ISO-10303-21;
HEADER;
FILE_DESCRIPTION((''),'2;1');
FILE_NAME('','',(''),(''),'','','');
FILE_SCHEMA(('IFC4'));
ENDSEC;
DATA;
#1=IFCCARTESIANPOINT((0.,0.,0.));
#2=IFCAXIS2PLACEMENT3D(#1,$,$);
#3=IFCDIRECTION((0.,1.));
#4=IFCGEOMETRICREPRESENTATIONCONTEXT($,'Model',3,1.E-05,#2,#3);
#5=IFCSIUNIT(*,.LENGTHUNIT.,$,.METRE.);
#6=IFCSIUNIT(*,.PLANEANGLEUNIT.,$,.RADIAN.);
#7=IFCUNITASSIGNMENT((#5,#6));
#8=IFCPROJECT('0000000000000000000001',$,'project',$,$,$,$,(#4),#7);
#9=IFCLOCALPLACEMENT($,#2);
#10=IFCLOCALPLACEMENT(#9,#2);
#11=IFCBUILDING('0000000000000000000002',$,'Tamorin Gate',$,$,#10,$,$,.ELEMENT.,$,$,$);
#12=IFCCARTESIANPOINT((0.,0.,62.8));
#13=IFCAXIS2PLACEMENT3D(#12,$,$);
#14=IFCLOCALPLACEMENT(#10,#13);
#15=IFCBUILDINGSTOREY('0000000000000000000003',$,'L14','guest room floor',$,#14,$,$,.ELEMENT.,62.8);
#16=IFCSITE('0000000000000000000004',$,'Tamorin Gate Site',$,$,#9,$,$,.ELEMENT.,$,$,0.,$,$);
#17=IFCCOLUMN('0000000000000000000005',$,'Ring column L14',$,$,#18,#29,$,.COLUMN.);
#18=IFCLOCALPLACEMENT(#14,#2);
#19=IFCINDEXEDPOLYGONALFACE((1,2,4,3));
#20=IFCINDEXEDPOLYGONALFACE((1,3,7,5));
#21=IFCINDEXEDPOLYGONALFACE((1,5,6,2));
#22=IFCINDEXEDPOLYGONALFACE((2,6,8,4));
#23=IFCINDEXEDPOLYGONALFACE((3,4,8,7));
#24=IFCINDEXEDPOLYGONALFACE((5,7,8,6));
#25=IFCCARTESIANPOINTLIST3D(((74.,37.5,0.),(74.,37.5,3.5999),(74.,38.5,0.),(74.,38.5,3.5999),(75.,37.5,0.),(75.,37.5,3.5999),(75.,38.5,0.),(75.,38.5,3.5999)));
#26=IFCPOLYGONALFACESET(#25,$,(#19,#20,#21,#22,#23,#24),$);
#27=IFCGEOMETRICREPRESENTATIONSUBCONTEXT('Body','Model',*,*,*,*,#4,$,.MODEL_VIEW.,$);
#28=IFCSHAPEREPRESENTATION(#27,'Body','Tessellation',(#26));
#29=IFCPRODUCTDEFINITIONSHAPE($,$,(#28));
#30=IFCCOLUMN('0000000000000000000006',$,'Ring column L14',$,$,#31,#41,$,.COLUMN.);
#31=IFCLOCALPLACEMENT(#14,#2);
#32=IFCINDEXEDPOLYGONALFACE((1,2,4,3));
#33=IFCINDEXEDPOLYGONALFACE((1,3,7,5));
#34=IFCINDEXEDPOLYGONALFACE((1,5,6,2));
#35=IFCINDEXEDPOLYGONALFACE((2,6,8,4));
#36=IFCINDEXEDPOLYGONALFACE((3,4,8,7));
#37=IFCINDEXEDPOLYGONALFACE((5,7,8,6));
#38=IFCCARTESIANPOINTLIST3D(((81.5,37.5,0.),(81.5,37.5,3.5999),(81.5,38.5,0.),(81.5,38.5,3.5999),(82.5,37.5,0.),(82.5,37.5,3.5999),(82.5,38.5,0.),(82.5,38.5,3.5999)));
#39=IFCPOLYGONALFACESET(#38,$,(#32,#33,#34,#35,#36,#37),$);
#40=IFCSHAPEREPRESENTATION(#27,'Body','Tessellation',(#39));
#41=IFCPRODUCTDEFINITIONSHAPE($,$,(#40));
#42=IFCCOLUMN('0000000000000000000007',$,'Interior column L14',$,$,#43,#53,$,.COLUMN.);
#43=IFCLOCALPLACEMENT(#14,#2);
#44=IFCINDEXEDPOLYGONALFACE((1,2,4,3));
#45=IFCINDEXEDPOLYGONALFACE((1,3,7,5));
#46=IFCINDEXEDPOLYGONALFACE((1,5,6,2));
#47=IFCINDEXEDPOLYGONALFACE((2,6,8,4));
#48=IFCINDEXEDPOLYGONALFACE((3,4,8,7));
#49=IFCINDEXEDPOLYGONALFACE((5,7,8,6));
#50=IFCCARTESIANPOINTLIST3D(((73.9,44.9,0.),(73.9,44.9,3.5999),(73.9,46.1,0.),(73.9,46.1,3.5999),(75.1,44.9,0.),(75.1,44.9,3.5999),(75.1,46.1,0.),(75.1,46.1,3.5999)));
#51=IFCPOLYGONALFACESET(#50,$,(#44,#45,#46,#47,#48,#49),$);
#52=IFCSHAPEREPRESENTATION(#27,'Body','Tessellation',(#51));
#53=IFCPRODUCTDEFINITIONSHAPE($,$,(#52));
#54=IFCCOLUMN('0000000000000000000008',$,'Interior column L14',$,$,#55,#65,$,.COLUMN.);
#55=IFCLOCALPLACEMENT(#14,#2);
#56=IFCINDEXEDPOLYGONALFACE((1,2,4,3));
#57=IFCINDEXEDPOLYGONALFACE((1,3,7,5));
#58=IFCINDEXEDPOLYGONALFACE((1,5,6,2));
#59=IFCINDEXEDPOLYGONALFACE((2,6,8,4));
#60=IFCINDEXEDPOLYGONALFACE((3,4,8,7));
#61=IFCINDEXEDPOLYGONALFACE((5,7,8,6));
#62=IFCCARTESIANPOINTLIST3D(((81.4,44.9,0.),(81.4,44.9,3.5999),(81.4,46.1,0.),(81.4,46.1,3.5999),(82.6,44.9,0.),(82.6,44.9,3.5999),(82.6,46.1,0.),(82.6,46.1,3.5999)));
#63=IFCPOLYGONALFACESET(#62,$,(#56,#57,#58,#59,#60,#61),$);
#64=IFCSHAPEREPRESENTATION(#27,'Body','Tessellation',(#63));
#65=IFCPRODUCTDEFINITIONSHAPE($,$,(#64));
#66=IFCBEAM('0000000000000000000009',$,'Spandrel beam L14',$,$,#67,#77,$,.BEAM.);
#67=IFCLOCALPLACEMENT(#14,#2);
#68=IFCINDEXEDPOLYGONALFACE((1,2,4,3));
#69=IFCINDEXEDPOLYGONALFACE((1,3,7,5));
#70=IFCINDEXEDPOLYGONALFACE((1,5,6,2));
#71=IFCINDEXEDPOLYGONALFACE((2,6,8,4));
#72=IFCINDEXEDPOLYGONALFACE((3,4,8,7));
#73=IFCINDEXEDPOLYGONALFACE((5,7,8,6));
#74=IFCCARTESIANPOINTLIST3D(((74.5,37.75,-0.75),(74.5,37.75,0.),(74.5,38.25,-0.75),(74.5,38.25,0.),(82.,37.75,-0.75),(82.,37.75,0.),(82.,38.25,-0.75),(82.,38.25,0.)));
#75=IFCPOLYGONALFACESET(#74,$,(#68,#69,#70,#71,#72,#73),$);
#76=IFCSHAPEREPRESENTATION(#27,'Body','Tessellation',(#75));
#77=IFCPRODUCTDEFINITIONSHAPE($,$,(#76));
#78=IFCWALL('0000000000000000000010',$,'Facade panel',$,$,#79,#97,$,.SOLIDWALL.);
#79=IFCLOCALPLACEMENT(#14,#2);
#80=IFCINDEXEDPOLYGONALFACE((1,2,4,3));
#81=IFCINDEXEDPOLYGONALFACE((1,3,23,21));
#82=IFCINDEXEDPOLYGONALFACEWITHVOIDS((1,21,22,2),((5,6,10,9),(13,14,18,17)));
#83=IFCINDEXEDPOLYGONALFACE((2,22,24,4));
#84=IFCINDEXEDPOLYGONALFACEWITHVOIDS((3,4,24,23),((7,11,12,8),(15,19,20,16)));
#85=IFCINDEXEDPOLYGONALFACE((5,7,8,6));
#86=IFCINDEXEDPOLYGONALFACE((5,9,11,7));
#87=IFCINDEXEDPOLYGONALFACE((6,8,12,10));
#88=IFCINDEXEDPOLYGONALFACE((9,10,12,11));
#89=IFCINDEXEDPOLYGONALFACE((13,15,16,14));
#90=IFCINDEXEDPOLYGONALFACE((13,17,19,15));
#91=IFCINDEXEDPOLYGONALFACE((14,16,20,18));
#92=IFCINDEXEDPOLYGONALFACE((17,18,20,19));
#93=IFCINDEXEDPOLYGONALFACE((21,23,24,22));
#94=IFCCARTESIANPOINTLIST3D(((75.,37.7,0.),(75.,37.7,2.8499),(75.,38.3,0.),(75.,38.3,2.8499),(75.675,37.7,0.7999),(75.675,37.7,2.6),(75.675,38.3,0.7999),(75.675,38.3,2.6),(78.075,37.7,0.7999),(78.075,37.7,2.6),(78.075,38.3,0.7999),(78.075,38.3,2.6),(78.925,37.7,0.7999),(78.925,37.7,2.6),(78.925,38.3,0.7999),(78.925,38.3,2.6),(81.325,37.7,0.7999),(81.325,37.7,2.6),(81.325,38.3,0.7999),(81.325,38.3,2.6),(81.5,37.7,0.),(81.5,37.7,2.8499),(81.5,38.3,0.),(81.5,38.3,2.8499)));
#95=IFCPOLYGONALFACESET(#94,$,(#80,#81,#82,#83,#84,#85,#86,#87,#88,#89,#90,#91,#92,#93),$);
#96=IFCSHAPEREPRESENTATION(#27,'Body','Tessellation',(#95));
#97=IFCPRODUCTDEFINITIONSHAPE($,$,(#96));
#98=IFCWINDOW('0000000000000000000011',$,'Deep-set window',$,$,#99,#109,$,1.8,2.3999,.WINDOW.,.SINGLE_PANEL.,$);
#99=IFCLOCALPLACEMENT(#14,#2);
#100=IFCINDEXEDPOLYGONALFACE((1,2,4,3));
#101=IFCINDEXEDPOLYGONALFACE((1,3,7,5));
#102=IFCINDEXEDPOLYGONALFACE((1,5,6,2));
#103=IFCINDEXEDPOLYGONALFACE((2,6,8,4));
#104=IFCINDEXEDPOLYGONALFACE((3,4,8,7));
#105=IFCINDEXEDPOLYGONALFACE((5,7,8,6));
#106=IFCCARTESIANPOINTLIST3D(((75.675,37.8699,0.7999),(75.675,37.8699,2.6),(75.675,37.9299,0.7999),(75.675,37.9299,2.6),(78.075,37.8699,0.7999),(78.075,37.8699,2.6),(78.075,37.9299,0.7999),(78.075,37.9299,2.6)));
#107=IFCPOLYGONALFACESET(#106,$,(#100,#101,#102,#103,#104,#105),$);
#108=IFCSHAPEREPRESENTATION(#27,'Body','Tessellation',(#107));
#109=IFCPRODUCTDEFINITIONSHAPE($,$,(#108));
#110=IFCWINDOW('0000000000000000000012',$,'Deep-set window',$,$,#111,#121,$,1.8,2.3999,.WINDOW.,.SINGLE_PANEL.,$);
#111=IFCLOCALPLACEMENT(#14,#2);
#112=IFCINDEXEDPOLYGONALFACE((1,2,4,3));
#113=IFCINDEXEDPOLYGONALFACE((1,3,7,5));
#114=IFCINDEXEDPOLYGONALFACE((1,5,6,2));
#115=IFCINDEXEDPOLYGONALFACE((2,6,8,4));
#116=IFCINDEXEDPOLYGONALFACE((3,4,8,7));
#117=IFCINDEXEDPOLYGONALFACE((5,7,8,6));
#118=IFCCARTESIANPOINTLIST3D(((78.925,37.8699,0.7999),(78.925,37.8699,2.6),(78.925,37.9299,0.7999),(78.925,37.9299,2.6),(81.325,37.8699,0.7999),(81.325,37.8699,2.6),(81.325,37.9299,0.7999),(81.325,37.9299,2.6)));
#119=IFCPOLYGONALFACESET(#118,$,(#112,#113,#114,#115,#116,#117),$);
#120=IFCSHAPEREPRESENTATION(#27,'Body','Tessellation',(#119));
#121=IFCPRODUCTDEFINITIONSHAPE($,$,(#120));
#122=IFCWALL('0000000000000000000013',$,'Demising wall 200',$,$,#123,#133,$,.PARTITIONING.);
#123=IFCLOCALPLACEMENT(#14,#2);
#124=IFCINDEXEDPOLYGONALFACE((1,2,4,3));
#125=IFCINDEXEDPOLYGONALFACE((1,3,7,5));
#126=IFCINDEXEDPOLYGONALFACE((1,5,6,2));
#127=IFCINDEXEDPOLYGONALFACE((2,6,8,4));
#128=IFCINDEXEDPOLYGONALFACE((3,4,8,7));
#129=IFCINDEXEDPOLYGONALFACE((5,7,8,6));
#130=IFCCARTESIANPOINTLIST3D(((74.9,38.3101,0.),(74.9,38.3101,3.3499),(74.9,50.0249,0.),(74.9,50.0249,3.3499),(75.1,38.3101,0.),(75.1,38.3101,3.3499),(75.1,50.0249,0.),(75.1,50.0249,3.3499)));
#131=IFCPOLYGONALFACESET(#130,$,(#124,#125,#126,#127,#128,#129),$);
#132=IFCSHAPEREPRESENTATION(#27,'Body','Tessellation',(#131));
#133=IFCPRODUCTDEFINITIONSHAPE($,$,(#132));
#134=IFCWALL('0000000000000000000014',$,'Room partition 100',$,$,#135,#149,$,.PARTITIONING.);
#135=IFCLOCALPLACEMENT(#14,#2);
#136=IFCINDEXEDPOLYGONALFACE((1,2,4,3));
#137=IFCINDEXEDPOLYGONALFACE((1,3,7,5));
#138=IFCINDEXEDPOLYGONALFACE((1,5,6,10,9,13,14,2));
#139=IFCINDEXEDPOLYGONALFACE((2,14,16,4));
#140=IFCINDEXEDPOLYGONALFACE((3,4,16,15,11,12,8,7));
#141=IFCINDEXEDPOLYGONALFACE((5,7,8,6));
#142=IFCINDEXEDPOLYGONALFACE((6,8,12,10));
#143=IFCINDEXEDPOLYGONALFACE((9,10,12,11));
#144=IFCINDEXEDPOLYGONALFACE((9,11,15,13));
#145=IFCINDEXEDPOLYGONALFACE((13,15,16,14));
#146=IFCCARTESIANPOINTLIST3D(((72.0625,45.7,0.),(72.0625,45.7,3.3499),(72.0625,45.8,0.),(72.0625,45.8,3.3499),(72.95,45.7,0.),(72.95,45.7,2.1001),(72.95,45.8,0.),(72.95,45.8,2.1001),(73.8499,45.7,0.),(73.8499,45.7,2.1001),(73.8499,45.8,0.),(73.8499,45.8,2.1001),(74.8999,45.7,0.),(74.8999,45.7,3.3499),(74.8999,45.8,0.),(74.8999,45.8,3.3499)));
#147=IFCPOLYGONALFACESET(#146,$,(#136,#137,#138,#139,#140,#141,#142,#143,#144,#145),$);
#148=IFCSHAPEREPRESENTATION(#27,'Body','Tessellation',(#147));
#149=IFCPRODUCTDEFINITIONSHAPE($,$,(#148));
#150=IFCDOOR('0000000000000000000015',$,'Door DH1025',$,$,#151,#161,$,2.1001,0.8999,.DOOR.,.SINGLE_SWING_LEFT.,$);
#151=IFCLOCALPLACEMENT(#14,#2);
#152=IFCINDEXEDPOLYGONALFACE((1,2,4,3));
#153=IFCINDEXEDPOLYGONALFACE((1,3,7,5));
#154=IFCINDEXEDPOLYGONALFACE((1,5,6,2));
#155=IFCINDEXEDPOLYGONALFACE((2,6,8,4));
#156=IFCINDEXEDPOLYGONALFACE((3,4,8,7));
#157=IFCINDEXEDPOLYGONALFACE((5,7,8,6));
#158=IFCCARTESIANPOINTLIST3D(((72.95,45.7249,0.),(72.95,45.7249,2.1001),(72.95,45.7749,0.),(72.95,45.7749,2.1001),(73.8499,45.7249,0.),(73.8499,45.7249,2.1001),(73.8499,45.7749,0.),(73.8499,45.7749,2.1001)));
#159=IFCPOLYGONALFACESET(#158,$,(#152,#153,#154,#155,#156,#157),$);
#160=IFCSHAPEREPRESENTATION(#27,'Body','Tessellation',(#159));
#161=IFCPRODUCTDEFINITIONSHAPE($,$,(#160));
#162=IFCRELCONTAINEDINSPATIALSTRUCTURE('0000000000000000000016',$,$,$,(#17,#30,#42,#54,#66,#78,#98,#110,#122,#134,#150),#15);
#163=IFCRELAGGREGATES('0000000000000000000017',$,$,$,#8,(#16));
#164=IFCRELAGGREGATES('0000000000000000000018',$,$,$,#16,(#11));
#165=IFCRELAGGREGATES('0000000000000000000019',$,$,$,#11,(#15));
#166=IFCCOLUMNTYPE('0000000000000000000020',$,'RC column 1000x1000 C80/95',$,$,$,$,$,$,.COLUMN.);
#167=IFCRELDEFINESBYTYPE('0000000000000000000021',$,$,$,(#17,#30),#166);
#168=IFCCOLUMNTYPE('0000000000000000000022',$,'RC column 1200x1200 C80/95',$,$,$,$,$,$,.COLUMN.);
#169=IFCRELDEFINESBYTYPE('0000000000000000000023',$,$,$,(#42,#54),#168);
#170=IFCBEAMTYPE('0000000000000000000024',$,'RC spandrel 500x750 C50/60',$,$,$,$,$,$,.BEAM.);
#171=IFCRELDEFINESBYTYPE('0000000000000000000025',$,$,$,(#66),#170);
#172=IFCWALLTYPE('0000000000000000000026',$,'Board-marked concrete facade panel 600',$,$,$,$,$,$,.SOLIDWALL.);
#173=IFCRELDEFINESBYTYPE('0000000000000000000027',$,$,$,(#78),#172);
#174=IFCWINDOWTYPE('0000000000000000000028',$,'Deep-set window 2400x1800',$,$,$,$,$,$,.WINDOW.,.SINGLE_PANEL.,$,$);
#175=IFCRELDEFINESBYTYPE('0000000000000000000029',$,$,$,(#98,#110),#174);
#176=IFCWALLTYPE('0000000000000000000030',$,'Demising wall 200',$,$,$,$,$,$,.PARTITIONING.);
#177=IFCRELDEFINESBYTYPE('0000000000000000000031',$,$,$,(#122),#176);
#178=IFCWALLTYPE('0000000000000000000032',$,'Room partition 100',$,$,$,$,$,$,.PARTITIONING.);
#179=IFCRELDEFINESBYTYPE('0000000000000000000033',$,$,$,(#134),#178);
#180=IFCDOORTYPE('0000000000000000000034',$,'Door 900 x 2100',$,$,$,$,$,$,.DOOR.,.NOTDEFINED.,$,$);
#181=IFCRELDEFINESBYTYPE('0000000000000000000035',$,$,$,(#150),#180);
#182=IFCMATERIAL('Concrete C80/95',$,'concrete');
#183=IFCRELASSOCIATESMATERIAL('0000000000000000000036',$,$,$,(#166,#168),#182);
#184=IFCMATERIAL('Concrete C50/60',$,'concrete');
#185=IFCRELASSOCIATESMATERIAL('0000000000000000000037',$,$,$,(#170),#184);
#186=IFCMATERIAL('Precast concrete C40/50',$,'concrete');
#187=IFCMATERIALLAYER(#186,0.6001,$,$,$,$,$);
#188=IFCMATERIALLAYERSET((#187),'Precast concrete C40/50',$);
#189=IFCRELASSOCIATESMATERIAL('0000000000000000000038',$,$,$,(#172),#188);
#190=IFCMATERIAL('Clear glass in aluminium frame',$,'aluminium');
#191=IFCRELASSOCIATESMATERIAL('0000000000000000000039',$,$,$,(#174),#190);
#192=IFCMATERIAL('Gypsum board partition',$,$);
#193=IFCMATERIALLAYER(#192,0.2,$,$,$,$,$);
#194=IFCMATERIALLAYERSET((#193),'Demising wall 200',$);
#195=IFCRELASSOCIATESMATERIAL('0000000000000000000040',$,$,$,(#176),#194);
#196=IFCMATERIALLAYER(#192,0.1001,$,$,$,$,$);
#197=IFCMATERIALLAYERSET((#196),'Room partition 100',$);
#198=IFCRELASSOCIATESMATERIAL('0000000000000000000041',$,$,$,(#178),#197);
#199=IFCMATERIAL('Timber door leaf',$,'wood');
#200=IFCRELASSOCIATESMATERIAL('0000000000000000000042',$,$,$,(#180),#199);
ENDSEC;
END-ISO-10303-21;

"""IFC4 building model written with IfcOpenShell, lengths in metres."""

from ifc_helpers import new_model, si_unit, direction, frame, frame_2d, origin, origin_2d, place, context, subcontext, project, spatial, rectangle, extrude, material, layer, layer_set, material_profile, profile_set, type_object, element, fill, save


model = new_model("IFC4")

# Units and contexts
model_context = context("Model", 3, precision=1e-05, world=origin(), true_north=direction((0.0, 1.0)))
body_context = subcontext(model_context, "Body", "Model", "MODEL_VIEW")
ifc_project = project(units=[si_unit("LENGTHUNIT", "METRE"), si_unit("PLANEANGLEUNIT", "RADIAN")], contexts=[model_context])

# Site, building, storey
site_placement = place(None, origin())
site = spatial("IfcSite", under=ifc_project, at=site_placement, Name="Tamorin Gate Site", CompositionType="ELEMENT", RefElevation=0.0)
building_placement = place(site_placement, origin())
building = spatial("IfcBuilding", under=site, at=building_placement, Name="Tamorin Gate", CompositionType="ELEMENT")
storey_placement = place(building_placement, frame((0.0, 0.0, 62.8)))
storey = spatial("IfcBuildingStorey", under=building, at=storey_placement, Name="L14", Description="guest room floor", CompositionType="ELEMENT", Elevation=62.8)

# Columns
ifc_material_1 = material(Name="Concrete C80/95", Category="concrete")
ifc_material_profile_1 = material_profile(ifc_material_1, rectangle(XDim=1.0, YDim=1.0, at=origin_2d()), Name="RC 1000x1000")
ifc_profile_set_1 = profile_set([ifc_material_profile_1], Name="Concrete C80/95")
column_type_1 = type_object("IfcColumnType", Name="RC column 1000x1000 C80/95", PredefinedType="COLUMN", material=ifc_profile_set_1)
for number, where, z_axis, x_axis, name in (
    (1, (74.5, 38.0, 0.0), (0.0, 0.0, 1.0), (1.0, 0.0, 0.0), "Ring column L14"),
    (2, (82.0, 38.0, 0.0), (0.0, 0.0, 1.0), (1.0, 0.0, 0.0), "Ring column L14"),
):
    element("IfcColumn", number, at=place(storey_placement, frame(where, z_axis=z_axis, x_axis=x_axis)), inside=storey, type_object=column_type_1, Name=name, PredefinedType="COLUMN", context=body_context, shape_type="SweptSolid", body=[
        extrude(rectangle(XDim=1.0, YDim=1.0, at=origin_2d()), origin(), (0.0, 0.0, 1.0), 3.5999),
    ])
ifc_material_profile_2 = material_profile(ifc_material_1, rectangle(XDim=1.2, YDim=1.2, at=origin_2d()), Name="RC 1200x1200")
ifc_profile_set_2 = profile_set([ifc_material_profile_2], Name="Concrete C80/95")
column_type_2 = type_object("IfcColumnType", Name="RC column 1200x1200 C80/95", PredefinedType="COLUMN", material=ifc_profile_set_2)
for number, where, z_axis, x_axis, name in (
    (3, (74.5, 45.5, 0.0), (0.0, 0.0, 1.0), (1.0, 0.0, 0.0), "Interior column L14"),
    (4, (82.0, 45.5, 0.0), (0.0, 0.0, 1.0), (1.0, 0.0, 0.0), "Interior column L14"),
):
    element("IfcColumn", number, at=place(storey_placement, frame(where, z_axis=z_axis, x_axis=x_axis)), inside=storey, type_object=column_type_2, Name=name, PredefinedType="COLUMN", context=body_context, shape_type="SweptSolid", body=[
        extrude(rectangle(XDim=1.2, YDim=1.2, at=origin_2d()), origin(), (0.0, 0.0, 1.0), 3.5999),
    ])

# Beam
ifc_material_2 = material(Name="Concrete C50/60", Category="concrete")
ifc_material_profile_3 = material_profile(ifc_material_2, rectangle(XDim=0.5, YDim=0.75, at=origin_2d()), Name="RC 500x750")
ifc_profile_set_3 = profile_set([ifc_material_profile_3], Name="Concrete C50/60")
beam_type = type_object("IfcBeamType", Name="RC spandrel 500x750 C50/60", PredefinedType="BEAM", material=ifc_profile_set_3)
beam_placement = place(storey_placement, frame((74.5, 38.0, -0.375), z_axis=(1.0, 0.0, 0.0), x_axis=(0.0, 1.0, 0.0)))
element("IfcBeam", 5, at=beam_placement, inside=storey, type_object=beam_type, Name="Spandrel beam L14", PredefinedType="BEAM", context=body_context, shape_type="SweptSolid", body=[
    extrude(rectangle(XDim=0.5, YDim=0.75, at=origin_2d()), origin(), (0.0, 0.0, 1.0), 7.5),
])

# Wall, openings, windows
ifc_material_3 = material(Name="Precast concrete C40/50", Category="concrete")
ifc_layer_1 = layer(ifc_material_3, 0.6001)
ifc_layer_set_1 = layer_set([ifc_layer_1], Name="Precast concrete C40/50")
wall_type_1 = type_object("IfcWallType", Name="Board-marked concrete facade panel 600", PredefinedType="SOLIDWALL", material=ifc_layer_set_1)
wall_1_placement = place(storey_placement, frame((75.0, 38.0, 0.0), z_axis=(0.0, 0.0, 1.0), x_axis=(1.0, 0.0, 0.0)))
wall_1 = element("IfcWall", 6, at=wall_1_placement, inside=storey, type_object=wall_type_1, Name="Facade panel", PredefinedType="SOLIDWALL", context=body_context, shape_type="SweptSolid", body=[
    extrude(rectangle(XDim=6.5, YDim=0.6001, at=frame_2d((3.25, 0.0))), origin(), (0.0, 0.0, 1.0), 2.8499),
])
opening_1_placement = place(wall_1_placement, frame((0.675, 0.0, 0.8)))
opening_1 = element("IfcOpeningElement", 7, at=opening_1_placement, cuts=wall_1, PredefinedType="OPENING", context=body_context, shape_type="SweptSolid", body=[
    extrude(rectangle(XDim=2.3999, YDim=1.8, at=frame_2d((1.2, 0.8999))), frame((0.0, 0.3101, 0.0), z_axis=(0.0, -1.0, 0.0), x_axis=(1.0, 0.0, 0.0)), (0.0, 0.0, 1.0), 0.6201),
])
opening_2_placement = place(wall_1_placement, frame((3.925, 0.0, 0.8)))
opening_2 = element("IfcOpeningElement", 8, at=opening_2_placement, cuts=wall_1, PredefinedType="OPENING", context=body_context, shape_type="SweptSolid", body=[
    extrude(rectangle(XDim=2.3999, YDim=1.8, at=frame_2d((1.2, 0.8999))), frame((0.0, 0.3101, 0.0), z_axis=(0.0, -1.0, 0.0), x_axis=(1.0, 0.0, 0.0)), (0.0, 0.0, 1.0), 0.6201),
])
ifc_material_4 = material(Name="Clear glass in aluminium frame", Category="aluminium")
window_type = type_object("IfcWindowType", Name="Deep-set window 2400x1800", PartitioningType="SINGLE_PANEL", PredefinedType="WINDOW", material=ifc_material_4)
window_1_placement = place(opening_1_placement, origin())
window_1 = element("IfcWindow", 9, at=window_1_placement, inside=storey, type_object=window_type, Name="Deep-set window", OverallHeight=1.8, OverallWidth=2.3999, PartitioningType="SINGLE_PANEL", PredefinedType="WINDOW", context=body_context, shape_type="SweptSolid", body=[
    extrude(rectangle(XDim=2.3999, YDim=1.8, at=frame_2d((1.2, 0.8999))), frame((0.0, -0.0701, 0.0), z_axis=(0.0, -1.0, 0.0), x_axis=(1.0, 0.0, 0.0)), (0.0, 0.0, 1.0), 0.0601),
])
fill(opening_1, window_1)
window_2_placement = place(opening_2_placement, origin())
window_2 = element("IfcWindow", 10, at=window_2_placement, inside=storey, type_object=window_type, Name="Deep-set window", OverallHeight=1.8, OverallWidth=2.3999, PartitioningType="SINGLE_PANEL", PredefinedType="WINDOW", context=body_context, shape_type="SweptSolid", body=[
    extrude(rectangle(XDim=2.3999, YDim=1.8, at=frame_2d((1.2, 0.8999))), frame((0.0, -0.0701, 0.0), z_axis=(0.0, -1.0, 0.0), x_axis=(1.0, 0.0, 0.0)), (0.0, 0.0, 1.0), 0.0601),
])
fill(opening_2, window_2)

# Wall
ifc_material_5 = material(Name="Gypsum board partition")
ifc_layer_2 = layer(ifc_material_5, 0.2)
ifc_layer_set_2 = layer_set([ifc_layer_2], Name="Demising wall 200")
wall_type_2 = type_object("IfcWallType", Name="Demising wall 200", PredefinedType="PARTITIONING", material=ifc_layer_set_2)
wall_2_placement = place(storey_placement, frame((75.0, 38.3101, 0.0), z_axis=(0.0, 0.0, 1.0), x_axis=(0.0, 1.0, 0.0)))
element("IfcWall", 11, at=wall_2_placement, inside=storey, type_object=wall_type_2, Name="Demising wall 200", PredefinedType="PARTITIONING", context=body_context, shape_type="SweptSolid", body=[
    extrude(rectangle(XDim=11.7148, YDim=0.2, at=frame_2d((5.8574, 0.0))), origin(), (0.0, 0.0, 1.0), 3.3499),
])

# Wall, opening, door
ifc_layer_3 = layer(ifc_material_5, 0.1001)
ifc_layer_set_3 = layer_set([ifc_layer_3], Name="Room partition 100")
wall_type_3 = type_object("IfcWallType", Name="Room partition 100", PredefinedType="PARTITIONING", material=ifc_layer_set_3)
wall_3_placement = place(storey_placement, frame((72.0625, 45.75, 0.0), z_axis=(0.0, 0.0, 1.0), x_axis=(1.0, 0.0, 0.0)))
wall_3 = element("IfcWall", 12, at=wall_3_placement, inside=storey, type_object=wall_type_3, Name="Room partition 100", PredefinedType="PARTITIONING", context=body_context, shape_type="SweptSolid", body=[
    extrude(rectangle(XDim=2.8374, YDim=0.1001, at=frame_2d((1.4187, 0.0))), origin(), (0.0, 0.0, 1.0), 3.3499),
])
opening_3_placement = place(wall_3_placement, frame((0.8875, 0.0, 0.0)))
opening_3 = element("IfcOpeningElement", 13, at=opening_3_placement, cuts=wall_3, PredefinedType="OPENING", context=body_context, shape_type="SweptSolid", body=[
    extrude(rectangle(XDim=0.8999, YDim=2.1001, at=frame_2d((0.45, 1.05))), frame((0.0, 0.0601, 0.0), z_axis=(0.0, -1.0, 0.0), x_axis=(1.0, 0.0, 0.0)), (0.0, 0.0, 1.0), 0.1201),
])
ifc_material_6 = material(Name="Timber door leaf", Category="wood")
door_type = type_object("IfcDoorType", Name="Door 900 x 2100", OperationType="NOTDEFINED", PredefinedType="DOOR", material=ifc_material_6)
door_1_placement = place(opening_3_placement, origin())
door_1 = element("IfcDoor", 14, at=door_1_placement, inside=storey, type_object=door_type, Name="Door DH1025", OperationType="SINGLE_SWING_LEFT", OverallHeight=2.1001, OverallWidth=0.8999, PredefinedType="DOOR", context=body_context, shape_type="SweptSolid", body=[
    extrude(rectangle(XDim=0.8999, YDim=2.1001, at=frame_2d((0.45, 1.05))), frame((0.0, 0.0249, 0.0), z_axis=(0.0, -1.0, 0.0), x_axis=(1.0, 0.0, 0.0)), (0.0, 0.0, 1.0), 0.05),
])
fill(opening_3, door_1)

save(model, "model.ifc")
